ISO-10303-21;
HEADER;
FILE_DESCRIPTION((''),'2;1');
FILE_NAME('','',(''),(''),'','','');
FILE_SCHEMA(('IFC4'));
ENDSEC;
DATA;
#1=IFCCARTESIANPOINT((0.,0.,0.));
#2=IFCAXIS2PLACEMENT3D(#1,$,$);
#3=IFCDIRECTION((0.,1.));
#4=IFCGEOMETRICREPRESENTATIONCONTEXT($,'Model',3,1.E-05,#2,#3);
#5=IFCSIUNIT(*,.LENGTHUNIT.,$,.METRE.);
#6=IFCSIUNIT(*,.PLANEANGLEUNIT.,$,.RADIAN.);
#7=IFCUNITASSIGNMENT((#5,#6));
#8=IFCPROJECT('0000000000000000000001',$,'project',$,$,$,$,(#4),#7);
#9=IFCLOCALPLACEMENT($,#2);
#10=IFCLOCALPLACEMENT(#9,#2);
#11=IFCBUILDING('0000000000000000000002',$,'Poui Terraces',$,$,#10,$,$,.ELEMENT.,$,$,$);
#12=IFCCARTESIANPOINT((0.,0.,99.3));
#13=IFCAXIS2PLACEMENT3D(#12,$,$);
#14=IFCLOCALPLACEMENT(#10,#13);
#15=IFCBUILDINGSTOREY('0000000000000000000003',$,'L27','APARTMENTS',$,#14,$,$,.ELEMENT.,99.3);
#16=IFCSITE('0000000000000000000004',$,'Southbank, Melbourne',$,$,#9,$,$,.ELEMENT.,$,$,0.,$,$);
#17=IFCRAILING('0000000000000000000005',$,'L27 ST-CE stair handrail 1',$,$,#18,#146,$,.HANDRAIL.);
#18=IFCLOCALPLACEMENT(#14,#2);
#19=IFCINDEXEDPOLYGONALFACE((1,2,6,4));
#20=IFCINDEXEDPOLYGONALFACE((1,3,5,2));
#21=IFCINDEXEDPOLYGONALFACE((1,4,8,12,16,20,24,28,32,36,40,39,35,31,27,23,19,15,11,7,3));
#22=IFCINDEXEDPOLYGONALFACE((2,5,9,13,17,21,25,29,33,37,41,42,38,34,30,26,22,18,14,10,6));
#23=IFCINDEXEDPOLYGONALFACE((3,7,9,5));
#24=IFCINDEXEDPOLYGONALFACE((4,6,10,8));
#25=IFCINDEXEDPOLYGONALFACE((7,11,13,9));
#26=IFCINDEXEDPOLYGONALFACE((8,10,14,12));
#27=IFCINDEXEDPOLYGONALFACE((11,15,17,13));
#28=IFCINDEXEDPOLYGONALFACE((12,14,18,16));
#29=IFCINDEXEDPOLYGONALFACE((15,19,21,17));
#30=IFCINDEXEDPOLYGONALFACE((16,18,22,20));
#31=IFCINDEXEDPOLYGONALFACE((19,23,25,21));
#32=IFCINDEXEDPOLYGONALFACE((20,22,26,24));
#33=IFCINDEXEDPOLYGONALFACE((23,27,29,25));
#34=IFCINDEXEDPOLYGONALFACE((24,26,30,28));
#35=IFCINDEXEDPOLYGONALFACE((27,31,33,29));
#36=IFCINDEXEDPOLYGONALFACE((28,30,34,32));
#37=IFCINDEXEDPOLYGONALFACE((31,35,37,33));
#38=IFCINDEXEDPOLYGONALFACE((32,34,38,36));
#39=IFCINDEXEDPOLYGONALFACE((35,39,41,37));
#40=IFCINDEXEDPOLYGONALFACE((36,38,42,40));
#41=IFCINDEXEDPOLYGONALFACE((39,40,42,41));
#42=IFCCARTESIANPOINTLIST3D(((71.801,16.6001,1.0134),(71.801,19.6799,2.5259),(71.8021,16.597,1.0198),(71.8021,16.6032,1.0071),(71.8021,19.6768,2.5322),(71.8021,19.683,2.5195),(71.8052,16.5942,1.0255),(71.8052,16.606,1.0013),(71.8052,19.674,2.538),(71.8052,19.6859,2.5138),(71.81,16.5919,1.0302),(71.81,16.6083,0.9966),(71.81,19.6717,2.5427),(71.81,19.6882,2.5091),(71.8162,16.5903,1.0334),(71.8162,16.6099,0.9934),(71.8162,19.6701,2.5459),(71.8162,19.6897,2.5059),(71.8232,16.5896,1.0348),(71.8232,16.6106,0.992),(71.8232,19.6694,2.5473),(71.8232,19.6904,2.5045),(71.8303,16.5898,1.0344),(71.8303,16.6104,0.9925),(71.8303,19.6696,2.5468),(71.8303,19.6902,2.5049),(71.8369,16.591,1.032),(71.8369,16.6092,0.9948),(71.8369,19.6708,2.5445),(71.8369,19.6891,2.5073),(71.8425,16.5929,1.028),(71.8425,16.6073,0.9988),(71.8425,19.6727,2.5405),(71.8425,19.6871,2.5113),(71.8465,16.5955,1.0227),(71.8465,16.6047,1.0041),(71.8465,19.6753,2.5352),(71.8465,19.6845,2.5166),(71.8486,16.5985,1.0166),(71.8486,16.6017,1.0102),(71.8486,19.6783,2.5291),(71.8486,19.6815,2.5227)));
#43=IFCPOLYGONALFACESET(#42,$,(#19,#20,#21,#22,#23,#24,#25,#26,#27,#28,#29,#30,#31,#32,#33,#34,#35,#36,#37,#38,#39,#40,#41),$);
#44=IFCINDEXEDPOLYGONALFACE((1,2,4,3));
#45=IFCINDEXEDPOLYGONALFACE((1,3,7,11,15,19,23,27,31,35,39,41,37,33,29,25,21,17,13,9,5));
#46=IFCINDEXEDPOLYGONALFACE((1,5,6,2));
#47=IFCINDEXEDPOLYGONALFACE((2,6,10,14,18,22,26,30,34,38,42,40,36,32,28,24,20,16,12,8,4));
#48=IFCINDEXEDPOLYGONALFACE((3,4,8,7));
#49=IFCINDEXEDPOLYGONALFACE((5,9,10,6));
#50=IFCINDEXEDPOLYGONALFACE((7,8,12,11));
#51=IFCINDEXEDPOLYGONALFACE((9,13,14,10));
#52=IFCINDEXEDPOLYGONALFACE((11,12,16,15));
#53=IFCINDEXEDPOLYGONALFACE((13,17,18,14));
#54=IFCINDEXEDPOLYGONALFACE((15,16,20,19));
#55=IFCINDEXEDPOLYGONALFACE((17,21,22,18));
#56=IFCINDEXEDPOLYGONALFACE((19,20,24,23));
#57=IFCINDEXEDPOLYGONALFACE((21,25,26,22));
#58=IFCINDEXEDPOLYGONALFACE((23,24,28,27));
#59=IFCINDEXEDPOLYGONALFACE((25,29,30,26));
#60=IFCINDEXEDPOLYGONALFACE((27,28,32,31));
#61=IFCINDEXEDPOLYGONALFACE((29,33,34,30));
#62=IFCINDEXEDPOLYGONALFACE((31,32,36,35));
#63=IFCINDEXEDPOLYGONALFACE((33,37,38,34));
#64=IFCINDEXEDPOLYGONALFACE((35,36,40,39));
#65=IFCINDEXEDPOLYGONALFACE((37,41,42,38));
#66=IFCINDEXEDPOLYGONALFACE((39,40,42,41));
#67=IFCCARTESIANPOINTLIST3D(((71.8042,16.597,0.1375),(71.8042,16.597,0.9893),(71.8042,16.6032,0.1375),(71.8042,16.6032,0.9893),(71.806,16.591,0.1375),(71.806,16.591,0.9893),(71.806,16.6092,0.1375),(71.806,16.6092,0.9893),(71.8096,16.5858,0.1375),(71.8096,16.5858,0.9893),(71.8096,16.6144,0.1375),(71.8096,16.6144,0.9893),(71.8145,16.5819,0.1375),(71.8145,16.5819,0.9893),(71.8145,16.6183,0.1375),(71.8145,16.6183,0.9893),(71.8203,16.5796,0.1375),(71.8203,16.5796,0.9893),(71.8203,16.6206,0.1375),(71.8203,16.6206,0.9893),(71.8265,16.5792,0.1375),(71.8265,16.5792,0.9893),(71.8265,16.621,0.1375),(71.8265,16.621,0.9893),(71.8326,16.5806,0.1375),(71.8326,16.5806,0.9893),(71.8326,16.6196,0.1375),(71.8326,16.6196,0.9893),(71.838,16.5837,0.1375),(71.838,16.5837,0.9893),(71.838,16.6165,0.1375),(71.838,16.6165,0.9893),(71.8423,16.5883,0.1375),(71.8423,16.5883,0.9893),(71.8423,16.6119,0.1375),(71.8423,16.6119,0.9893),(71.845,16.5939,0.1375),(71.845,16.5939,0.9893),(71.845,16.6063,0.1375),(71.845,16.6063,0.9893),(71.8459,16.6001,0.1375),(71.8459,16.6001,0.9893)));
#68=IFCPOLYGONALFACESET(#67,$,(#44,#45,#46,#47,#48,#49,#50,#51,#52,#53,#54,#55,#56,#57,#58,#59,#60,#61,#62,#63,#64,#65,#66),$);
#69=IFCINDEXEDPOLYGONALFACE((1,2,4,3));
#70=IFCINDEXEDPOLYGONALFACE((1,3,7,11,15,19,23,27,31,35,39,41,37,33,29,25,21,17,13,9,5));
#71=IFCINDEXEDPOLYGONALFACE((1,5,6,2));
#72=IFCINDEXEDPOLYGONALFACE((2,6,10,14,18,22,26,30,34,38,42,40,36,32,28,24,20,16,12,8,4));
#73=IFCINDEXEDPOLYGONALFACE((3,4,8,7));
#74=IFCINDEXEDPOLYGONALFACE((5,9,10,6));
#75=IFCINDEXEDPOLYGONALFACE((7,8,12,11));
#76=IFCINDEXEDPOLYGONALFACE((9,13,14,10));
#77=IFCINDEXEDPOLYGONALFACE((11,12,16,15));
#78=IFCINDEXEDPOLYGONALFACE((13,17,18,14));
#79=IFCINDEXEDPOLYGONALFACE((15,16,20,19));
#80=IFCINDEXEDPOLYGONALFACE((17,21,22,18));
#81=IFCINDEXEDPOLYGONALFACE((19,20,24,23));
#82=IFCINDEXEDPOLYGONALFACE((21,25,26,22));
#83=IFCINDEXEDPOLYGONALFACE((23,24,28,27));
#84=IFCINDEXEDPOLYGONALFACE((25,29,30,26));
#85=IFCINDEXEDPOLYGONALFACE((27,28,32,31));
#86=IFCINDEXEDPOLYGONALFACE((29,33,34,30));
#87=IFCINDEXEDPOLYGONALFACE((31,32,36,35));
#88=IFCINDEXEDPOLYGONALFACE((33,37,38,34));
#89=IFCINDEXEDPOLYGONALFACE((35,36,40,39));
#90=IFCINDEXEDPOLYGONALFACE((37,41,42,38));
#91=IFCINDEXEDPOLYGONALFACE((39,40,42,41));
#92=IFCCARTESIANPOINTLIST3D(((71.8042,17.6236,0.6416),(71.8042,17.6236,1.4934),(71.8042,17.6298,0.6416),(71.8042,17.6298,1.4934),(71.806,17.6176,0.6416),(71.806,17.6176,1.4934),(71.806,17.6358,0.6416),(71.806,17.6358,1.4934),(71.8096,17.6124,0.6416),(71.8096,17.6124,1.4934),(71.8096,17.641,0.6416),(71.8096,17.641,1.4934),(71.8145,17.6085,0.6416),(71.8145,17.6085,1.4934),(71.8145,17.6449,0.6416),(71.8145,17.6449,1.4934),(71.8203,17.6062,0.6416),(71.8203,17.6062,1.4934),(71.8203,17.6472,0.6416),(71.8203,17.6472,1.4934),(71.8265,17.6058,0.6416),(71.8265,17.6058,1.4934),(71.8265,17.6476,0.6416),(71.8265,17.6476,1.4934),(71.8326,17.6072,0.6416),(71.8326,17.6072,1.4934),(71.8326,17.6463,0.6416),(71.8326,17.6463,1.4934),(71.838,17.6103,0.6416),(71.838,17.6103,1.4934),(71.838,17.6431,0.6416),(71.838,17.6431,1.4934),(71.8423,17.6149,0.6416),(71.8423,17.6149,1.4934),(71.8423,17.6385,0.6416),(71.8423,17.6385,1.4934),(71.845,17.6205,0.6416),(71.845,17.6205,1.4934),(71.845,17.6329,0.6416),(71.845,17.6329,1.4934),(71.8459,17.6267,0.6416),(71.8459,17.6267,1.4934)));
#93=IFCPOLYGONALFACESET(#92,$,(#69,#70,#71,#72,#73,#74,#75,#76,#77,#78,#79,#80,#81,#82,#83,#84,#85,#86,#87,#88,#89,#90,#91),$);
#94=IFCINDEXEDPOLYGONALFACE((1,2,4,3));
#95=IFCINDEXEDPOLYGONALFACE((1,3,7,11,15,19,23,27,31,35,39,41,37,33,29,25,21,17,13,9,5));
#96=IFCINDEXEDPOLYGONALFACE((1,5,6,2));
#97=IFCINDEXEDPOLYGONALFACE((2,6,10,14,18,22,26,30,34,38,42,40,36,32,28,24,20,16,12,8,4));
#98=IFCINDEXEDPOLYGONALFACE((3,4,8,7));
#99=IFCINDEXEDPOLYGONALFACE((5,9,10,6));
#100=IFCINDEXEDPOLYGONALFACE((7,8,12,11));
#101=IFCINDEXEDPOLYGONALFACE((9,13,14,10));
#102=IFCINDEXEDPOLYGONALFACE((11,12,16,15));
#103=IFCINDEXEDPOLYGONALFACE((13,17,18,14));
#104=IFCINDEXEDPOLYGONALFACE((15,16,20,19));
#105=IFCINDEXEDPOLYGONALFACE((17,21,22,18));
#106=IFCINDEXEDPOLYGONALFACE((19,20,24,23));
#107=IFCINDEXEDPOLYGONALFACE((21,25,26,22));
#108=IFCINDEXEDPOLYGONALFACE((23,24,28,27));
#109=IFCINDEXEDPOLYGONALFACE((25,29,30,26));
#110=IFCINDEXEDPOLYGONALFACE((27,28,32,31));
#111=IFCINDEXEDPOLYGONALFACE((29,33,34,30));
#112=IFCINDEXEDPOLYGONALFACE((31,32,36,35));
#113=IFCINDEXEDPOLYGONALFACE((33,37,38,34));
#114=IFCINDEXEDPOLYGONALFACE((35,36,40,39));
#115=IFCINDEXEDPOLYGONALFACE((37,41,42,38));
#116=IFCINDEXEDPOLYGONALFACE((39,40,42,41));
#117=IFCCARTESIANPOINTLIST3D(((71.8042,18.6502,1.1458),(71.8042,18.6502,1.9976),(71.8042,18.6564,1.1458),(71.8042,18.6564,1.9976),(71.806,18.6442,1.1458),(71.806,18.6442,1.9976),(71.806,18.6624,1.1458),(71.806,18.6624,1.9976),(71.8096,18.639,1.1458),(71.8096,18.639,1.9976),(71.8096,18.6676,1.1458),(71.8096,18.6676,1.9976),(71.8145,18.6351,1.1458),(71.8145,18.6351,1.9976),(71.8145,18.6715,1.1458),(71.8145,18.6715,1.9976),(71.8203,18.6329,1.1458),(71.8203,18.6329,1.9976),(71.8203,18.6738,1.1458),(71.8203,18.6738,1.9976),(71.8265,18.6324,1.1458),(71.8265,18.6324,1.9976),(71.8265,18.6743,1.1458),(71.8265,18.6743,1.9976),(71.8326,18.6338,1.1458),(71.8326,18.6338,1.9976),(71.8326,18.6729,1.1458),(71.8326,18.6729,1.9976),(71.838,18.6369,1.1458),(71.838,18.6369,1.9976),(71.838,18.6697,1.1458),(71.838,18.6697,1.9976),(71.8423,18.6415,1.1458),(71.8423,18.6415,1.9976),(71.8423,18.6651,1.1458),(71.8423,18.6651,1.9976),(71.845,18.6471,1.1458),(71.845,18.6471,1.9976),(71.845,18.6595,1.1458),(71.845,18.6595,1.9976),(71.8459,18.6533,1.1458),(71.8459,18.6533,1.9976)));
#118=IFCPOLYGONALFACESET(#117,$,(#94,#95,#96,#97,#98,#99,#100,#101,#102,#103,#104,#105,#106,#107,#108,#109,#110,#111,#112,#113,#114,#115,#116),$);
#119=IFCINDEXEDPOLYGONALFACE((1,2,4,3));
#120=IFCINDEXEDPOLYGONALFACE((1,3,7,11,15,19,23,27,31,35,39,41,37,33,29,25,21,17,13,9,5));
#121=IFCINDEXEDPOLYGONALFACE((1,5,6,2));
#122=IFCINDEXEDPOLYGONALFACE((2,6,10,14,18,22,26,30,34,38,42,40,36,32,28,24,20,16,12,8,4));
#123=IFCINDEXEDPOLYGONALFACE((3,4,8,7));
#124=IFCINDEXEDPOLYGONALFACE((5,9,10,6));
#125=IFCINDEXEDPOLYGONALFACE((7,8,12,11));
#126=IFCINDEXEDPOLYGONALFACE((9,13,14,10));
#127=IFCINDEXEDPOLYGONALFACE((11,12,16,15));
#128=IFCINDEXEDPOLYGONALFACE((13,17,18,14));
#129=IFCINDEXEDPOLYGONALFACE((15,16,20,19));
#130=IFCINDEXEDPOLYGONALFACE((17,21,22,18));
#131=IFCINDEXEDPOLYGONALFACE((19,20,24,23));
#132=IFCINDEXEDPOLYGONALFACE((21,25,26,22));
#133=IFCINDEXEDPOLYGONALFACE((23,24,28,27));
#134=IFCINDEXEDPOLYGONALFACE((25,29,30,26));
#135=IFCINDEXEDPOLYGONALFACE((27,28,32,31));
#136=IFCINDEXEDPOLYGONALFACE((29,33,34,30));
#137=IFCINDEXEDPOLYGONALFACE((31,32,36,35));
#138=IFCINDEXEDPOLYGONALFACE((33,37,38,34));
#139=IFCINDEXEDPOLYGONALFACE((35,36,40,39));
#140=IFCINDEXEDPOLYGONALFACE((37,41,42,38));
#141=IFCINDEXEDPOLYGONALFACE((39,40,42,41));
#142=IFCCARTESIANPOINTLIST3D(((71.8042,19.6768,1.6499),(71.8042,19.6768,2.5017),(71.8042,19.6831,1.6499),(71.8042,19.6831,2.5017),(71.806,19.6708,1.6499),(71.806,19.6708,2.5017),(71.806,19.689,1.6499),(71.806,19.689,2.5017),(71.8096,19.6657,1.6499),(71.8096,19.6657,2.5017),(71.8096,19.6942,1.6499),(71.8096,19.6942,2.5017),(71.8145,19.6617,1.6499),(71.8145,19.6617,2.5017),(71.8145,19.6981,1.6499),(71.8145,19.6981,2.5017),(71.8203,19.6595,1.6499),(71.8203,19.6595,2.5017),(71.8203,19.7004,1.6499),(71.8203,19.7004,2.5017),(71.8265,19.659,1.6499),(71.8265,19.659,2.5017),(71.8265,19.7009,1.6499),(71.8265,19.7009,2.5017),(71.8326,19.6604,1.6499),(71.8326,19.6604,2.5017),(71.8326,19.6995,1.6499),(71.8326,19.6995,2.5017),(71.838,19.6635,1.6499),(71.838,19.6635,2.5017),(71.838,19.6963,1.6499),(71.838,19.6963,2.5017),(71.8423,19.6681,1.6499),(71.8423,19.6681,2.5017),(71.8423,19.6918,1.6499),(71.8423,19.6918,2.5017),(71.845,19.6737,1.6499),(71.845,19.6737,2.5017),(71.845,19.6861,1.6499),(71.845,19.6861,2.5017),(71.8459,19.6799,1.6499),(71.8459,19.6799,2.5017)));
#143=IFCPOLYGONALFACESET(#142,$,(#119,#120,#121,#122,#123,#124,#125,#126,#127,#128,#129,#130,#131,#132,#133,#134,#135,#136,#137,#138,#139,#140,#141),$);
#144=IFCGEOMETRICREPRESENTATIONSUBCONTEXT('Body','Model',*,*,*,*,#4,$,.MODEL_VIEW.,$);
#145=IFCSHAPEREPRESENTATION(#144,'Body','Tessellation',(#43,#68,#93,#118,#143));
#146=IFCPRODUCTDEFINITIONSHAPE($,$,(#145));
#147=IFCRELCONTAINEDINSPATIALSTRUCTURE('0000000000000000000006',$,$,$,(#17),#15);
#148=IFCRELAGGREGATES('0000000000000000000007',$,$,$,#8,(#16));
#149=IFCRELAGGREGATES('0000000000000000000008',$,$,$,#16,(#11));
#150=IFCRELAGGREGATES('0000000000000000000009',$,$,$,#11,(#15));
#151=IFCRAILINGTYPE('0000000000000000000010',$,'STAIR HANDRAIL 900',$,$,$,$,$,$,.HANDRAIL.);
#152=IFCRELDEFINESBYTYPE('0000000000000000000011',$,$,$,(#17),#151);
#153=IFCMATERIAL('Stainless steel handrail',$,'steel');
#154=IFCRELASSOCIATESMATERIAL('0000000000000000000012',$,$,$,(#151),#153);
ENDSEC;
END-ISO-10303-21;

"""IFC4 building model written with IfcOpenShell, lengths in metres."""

from ifc_helpers import new_model, si_unit, direction, frame, origin, origin_2d, place, context, subcontext, project, spatial, circle, extrude, material, type_object, element, save


model = new_model("IFC4")

# Units and contexts
model_context = context("Model", 3, precision=1e-05, world=origin(), true_north=direction((0.0, 1.0)))
body_context = subcontext(model_context, "Body", "Model", "MODEL_VIEW")
ifc_project = project(units=[si_unit("LENGTHUNIT", "METRE"), si_unit("PLANEANGLEUNIT", "RADIAN")], contexts=[model_context])

# Site, building, storey
site_placement = place(None, origin())
site = spatial("IfcSite", under=ifc_project, at=site_placement, Name="Southbank, Melbourne", CompositionType="ELEMENT", RefElevation=0.0)
building_placement = place(site_placement, origin())
building = spatial("IfcBuilding", under=site, at=building_placement, Name="Poui Terraces", CompositionType="ELEMENT")
storey_placement = place(building_placement, frame((0.0, 0.0, 99.3)))
storey = spatial("IfcBuildingStorey", under=building, at=storey_placement, Name="L27", Description="APARTMENTS", CompositionType="ELEMENT", Elevation=99.3)

# Railing
ifc_material_1 = material(Name="Stainless steel handrail", Category="steel")
railing_type_1 = type_object("IfcRailingType", Name="STAIR HANDRAIL 900", PredefinedType="HANDRAIL", material=ifc_material_1)
railing_1_placement = place(storey_placement, frame((71.825, 16.6001, 0.1375)))
element("IfcRailing", 1, at=railing_1_placement, inside=storey, type_object=railing_type_1, Name="L27 ST-CE stair handrail 1", PredefinedType="HANDRAIL", context=body_context, shape_type="SweptSolid", body=[
    extrude(circle(Radius=0.0239, at=origin_2d()), frame((0.0, 0.0, 0.876), z_axis=(0.0, 0.897606, 0.440798), x_axis=(-1.0, 0.0, 0.0)), (0.0, 0.0, 1.0), 3.4312),
    extrude(circle(Radius=0.021, at=origin_2d()), origin(), (0.0, 0.0, 1.0), 0.8518),
    extrude(circle(Radius=0.021, at=origin_2d()), frame((0.0, 1.0266, 0.5042)), (0.0, 0.0, 1.0), 0.8518),
    extrude(circle(Radius=0.021, at=origin_2d()), frame((0.0, 2.0532, 1.0083)), (0.0, 0.0, 1.0), 0.8518),
    extrude(circle(Radius=0.021, at=origin_2d()), frame((0.0, 3.0798, 1.5125)), (0.0, 0.0, 1.0), 0.8518),
])

save(model, "model.ifc")
